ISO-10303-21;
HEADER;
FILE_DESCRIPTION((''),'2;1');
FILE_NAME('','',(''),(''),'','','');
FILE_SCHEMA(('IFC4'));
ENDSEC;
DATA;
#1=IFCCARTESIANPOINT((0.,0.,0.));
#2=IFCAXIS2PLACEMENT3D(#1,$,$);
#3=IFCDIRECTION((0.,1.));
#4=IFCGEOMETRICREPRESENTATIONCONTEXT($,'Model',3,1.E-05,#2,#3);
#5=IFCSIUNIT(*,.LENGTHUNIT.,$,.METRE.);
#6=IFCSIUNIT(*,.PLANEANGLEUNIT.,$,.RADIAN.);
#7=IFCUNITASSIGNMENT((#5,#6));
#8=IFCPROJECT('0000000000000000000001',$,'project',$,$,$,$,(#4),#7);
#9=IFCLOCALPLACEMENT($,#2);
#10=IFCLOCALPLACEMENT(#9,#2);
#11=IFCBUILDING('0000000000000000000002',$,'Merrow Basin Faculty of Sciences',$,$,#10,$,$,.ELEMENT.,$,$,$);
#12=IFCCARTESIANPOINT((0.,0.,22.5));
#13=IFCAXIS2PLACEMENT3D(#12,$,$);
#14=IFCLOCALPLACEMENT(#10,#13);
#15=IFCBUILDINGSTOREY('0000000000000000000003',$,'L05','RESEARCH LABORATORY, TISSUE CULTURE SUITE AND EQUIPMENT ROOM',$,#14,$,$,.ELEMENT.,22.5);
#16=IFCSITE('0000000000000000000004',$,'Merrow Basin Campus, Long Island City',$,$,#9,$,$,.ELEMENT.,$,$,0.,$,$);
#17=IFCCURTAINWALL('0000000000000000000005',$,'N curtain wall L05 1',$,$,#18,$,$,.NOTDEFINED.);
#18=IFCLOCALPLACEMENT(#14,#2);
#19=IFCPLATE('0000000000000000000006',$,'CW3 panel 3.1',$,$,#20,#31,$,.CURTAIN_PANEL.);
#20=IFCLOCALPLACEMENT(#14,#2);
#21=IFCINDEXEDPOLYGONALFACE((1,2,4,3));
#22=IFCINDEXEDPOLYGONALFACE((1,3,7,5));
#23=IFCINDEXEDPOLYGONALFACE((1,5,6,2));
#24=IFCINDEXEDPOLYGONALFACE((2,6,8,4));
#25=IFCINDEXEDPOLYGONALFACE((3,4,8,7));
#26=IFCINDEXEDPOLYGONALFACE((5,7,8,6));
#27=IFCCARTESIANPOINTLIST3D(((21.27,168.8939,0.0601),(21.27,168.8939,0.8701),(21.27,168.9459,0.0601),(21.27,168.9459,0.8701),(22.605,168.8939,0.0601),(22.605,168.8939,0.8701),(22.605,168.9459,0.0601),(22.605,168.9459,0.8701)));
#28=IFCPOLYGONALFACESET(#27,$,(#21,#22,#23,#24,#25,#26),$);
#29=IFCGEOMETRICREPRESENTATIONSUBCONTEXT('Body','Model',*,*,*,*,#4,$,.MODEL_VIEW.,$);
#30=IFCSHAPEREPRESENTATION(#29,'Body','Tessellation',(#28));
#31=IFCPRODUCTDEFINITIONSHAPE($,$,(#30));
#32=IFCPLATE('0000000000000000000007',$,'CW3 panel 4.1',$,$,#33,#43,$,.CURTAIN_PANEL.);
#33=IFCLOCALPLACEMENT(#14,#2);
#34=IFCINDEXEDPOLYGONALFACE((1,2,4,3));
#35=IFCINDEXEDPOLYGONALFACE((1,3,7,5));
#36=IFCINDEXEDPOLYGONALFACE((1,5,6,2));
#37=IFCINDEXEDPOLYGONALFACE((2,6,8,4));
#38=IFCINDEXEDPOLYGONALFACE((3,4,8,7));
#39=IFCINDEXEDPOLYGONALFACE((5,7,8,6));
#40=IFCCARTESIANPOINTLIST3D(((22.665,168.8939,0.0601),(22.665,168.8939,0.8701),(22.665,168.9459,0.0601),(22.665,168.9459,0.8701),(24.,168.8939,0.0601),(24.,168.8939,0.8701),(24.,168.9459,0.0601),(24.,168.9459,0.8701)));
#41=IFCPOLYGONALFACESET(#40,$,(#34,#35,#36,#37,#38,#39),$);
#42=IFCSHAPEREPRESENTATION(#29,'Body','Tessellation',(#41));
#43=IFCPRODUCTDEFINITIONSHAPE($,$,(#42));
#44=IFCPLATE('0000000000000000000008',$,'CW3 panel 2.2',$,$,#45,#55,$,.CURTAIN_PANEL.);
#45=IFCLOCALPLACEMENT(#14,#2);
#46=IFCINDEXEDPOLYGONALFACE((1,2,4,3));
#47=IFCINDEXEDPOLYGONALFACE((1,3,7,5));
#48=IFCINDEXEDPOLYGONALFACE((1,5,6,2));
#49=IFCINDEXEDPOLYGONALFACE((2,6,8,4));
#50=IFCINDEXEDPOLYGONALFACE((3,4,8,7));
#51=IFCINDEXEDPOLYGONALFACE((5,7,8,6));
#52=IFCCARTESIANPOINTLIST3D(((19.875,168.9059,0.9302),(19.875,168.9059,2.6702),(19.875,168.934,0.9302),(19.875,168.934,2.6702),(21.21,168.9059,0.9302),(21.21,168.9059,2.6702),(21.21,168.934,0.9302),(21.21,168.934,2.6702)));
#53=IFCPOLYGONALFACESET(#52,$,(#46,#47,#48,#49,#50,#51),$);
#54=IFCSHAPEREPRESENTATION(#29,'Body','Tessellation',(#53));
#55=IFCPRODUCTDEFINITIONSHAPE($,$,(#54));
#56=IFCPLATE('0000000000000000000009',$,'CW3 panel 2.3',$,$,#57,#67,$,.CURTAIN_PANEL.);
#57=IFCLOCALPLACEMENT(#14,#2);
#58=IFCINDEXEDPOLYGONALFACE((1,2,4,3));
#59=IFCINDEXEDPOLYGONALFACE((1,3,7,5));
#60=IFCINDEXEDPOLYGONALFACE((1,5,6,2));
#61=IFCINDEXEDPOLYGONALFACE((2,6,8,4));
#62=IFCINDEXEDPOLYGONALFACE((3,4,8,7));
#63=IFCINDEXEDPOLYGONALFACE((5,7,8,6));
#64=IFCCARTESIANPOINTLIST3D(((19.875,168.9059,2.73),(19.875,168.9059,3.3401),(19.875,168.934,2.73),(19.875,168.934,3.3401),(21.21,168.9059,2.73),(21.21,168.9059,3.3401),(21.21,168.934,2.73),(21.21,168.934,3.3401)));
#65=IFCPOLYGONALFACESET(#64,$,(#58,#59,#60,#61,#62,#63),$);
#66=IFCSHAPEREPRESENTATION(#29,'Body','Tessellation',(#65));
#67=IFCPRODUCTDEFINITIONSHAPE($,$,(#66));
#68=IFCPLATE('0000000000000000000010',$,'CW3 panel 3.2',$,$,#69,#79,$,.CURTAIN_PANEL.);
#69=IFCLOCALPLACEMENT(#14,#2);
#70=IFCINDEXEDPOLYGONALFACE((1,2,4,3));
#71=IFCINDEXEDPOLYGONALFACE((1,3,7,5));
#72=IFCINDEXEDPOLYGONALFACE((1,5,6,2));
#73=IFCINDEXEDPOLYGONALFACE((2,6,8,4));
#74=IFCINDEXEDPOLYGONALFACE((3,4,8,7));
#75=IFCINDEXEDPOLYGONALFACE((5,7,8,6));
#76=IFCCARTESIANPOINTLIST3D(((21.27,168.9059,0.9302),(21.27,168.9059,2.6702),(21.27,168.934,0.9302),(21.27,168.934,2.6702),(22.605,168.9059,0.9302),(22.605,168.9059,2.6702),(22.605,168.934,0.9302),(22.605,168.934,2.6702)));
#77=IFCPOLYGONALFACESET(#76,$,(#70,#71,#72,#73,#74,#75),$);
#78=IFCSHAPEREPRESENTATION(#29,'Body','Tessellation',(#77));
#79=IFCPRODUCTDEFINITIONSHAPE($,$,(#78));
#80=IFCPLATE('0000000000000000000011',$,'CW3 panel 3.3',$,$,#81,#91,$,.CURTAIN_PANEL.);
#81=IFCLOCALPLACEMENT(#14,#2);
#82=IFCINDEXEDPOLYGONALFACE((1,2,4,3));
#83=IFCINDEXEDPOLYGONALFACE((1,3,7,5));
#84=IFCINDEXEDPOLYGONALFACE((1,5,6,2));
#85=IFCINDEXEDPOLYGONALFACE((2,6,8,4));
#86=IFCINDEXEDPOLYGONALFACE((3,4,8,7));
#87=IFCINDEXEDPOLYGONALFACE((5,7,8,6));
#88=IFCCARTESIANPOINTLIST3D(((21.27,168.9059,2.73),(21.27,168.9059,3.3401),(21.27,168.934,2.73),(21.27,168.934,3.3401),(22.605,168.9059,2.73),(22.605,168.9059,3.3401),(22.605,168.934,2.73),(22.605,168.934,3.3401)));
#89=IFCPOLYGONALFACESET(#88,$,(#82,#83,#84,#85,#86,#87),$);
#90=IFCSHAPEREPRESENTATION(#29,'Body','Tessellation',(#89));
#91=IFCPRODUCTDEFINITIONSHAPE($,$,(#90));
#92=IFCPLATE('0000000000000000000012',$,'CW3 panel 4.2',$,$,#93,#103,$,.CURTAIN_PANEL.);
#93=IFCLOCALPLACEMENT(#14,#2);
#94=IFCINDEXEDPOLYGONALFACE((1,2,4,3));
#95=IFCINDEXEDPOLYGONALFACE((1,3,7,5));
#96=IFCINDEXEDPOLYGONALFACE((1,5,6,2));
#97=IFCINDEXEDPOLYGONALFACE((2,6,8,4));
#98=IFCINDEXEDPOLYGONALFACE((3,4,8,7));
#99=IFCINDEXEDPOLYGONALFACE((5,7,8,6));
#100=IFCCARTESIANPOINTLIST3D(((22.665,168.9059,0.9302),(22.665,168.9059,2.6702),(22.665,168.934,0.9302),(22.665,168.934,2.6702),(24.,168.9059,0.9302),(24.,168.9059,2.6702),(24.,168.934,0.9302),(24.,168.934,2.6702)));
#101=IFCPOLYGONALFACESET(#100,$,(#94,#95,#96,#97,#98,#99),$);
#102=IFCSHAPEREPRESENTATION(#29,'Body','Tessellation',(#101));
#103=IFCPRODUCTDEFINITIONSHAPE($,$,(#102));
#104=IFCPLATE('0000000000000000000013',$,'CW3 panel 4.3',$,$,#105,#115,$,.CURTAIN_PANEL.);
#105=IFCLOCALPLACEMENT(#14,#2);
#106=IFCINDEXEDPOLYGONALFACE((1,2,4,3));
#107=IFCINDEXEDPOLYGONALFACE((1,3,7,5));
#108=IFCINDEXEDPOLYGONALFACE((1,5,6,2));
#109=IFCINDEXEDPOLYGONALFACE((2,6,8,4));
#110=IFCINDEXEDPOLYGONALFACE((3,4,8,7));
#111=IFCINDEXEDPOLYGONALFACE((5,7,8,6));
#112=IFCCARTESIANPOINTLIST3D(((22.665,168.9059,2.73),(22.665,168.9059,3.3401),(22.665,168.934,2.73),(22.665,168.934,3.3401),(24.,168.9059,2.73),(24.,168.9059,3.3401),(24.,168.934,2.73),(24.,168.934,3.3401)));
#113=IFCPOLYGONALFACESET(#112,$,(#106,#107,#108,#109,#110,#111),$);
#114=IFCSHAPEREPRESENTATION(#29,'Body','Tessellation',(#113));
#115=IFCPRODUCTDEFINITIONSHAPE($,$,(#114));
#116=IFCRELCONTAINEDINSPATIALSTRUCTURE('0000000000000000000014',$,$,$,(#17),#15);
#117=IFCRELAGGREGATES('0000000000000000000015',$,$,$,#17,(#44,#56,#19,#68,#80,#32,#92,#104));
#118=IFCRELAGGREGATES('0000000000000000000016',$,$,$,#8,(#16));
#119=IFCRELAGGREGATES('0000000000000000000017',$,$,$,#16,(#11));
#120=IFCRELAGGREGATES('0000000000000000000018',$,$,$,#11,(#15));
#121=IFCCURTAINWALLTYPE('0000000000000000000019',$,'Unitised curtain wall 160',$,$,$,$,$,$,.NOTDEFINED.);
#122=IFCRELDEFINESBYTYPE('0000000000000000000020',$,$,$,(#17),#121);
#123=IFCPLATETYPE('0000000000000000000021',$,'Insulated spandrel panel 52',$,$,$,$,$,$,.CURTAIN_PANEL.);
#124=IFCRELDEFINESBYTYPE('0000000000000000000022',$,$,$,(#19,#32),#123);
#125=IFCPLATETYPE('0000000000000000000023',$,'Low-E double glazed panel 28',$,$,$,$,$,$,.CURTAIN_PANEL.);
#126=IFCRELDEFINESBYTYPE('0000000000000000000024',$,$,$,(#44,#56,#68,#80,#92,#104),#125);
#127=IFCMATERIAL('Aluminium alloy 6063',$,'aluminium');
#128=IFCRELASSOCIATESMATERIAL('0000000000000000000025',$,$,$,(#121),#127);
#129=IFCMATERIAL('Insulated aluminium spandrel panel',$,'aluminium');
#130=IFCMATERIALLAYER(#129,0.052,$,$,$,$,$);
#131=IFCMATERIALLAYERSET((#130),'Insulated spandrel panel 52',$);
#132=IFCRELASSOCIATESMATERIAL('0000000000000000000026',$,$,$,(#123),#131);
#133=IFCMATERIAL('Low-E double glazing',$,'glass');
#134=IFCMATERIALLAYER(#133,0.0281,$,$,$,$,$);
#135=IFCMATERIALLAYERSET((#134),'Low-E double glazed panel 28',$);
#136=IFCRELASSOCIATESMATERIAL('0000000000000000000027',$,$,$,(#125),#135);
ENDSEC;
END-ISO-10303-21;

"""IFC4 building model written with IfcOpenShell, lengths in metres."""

from ifc_helpers import new_model, si_unit, direction, frame, origin, origin_2d, place, context, subcontext, project, spatial, rectangle, extrude, material, layer, layer_set, type_object, element, aggregate, save


model = new_model("IFC4")

# Units and contexts
model_context = context("Model", 3, precision=1e-05, world=origin(), true_north=direction((0.0, 1.0)))
body_context = subcontext(model_context, "Body", "Model", "MODEL_VIEW")
ifc_project = project(units=[si_unit("LENGTHUNIT", "METRE"), si_unit("PLANEANGLEUNIT", "RADIAN")], contexts=[model_context])

# Site, building, storey
site_placement = place(None, origin())
site = spatial("IfcSite", under=ifc_project, at=site_placement, Name="Merrow Basin Campus, Long Island City", CompositionType="ELEMENT", RefElevation=0.0)
building_placement = place(site_placement, origin())
building = spatial("IfcBuilding", under=site, at=building_placement, Name="Merrow Basin Faculty of Sciences", CompositionType="ELEMENT")
storey_placement = place(building_placement, frame((0.0, 0.0, 22.5)))
storey = spatial("IfcBuildingStorey", under=building, at=storey_placement, Name="L05", Description="RESEARCH LABORATORY, TISSUE CULTURE SUITE AND EQUIPMENT ROOM", CompositionType="ELEMENT", Elevation=22.5)

# Curtain wall, plates
ifc_material_1 = material(Name="Aluminium alloy 6063", Category="aluminium")
curtain_wall_type = type_object("IfcCurtainWallType", Name="Unitised curtain wall 160", PredefinedType="NOTDEFINED", material=ifc_material_1)
curtain_wall_placement = place(storey_placement, origin())
curtain_wall = element("IfcCurtainWall", 1, at=curtain_wall_placement, inside=storey, type_object=curtain_wall_type, Name="N curtain wall L05 1", PredefinedType="NOTDEFINED")
ifc_material_2 = material(Name="Insulated aluminium spandrel panel", Category="aluminium")
ifc_layer_1 = layer(ifc_material_2, 0.052)
ifc_layer_set_1 = layer_set([ifc_layer_1], Name="Insulated spandrel panel 52")
plate_type_1 = type_object("IfcPlateType", Name="Insulated spandrel panel 52", PredefinedType="CURTAIN_PANEL", material=ifc_layer_set_1)
plate_1_placement = place(storey_placement, frame((21.9375, 168.9199, 0.0601), z_axis=(0.0, 0.0, 1.0), x_axis=(1.0, 0.0, 0.0)))
plate_1 = element("IfcPlate", 2, at=plate_1_placement, type_object=plate_type_1, Name="CW3 panel 3.1", PredefinedType="CURTAIN_PANEL", context=body_context, shape_type="SweptSolid", body=[
    extrude(rectangle(XDim=1.335, YDim=0.052, at=origin_2d()), origin(), (0.0, 0.0, 1.0), 0.8101),
])
plate_2_placement = place(storey_placement, frame((23.3325, 168.9199, 0.0601), z_axis=(0.0, 0.0, 1.0), x_axis=(1.0, 0.0, 0.0)))
plate_2 = element("IfcPlate", 3, at=plate_2_placement, type_object=plate_type_1, Name="CW3 panel 4.1", PredefinedType="CURTAIN_PANEL", context=body_context, shape_type="SweptSolid", body=[
    extrude(rectangle(XDim=1.335, YDim=0.052, at=origin_2d()), origin(), (0.0, 0.0, 1.0), 0.8101),
])
ifc_material_3 = material(Name="Low-E double glazing", Category="glass")
ifc_layer_2 = layer(ifc_material_3, 0.0281)
ifc_layer_set_2 = layer_set([ifc_layer_2], Name="Low-E double glazed panel 28")
plate_type_2 = type_object("IfcPlateType", Name="Low-E double glazed panel 28", PredefinedType="CURTAIN_PANEL", material=ifc_layer_set_2)
plate_3_placement = place(storey_placement, frame((20.5425, 168.9199, 0.9302), z_axis=(0.0, 0.0, 1.0), x_axis=(1.0, 0.0, 0.0)))
plate_3 = element("IfcPlate", 4, at=plate_3_placement, type_object=plate_type_2, Name="CW3 panel 2.2", PredefinedType="CURTAIN_PANEL", context=body_context, shape_type="SweptSolid", body=[
    extrude(rectangle(XDim=1.335, YDim=0.0281, at=origin_2d()), origin(), (0.0, 0.0, 1.0), 1.74),
])
plate_4_placement = place(storey_placement, frame((20.5425, 168.9199, 2.73), z_axis=(0.0, 0.0, 1.0), x_axis=(1.0, 0.0, 0.0)))
plate_4 = element("IfcPlate", 5, at=plate_4_placement, type_object=plate_type_2, Name="CW3 panel 2.3", PredefinedType="CURTAIN_PANEL", context=body_context, shape_type="SweptSolid", body=[
    extrude(rectangle(XDim=1.335, YDim=0.0281, at=origin_2d()), origin(), (0.0, 0.0, 1.0), 0.6101),
])
plate_5_placement = place(storey_placement, frame((21.9375, 168.9199, 0.9302), z_axis=(0.0, 0.0, 1.0), x_axis=(1.0, 0.0, 0.0)))
plate_5 = element("IfcPlate", 6, at=plate_5_placement, type_object=plate_type_2, Name="CW3 panel 3.2", PredefinedType="CURTAIN_PANEL", context=body_context, shape_type="SweptSolid", body=[
    extrude(rectangle(XDim=1.335, YDim=0.0281, at=origin_2d()), origin(), (0.0, 0.0, 1.0), 1.74),
])
plate_6_placement = place(storey_placement, frame((21.9375, 168.9199, 2.73), z_axis=(0.0, 0.0, 1.0), x_axis=(1.0, 0.0, 0.0)))
plate_6 = element("IfcPlate", 7, at=plate_6_placement, type_object=plate_type_2, Name="CW3 panel 3.3", PredefinedType="CURTAIN_PANEL", context=body_context, shape_type="SweptSolid", body=[
    extrude(rectangle(XDim=1.335, YDim=0.0281, at=origin_2d()), origin(), (0.0, 0.0, 1.0), 0.6101),
])
plate_7_placement = place(storey_placement, frame((23.3325, 168.9199, 0.9302), z_axis=(0.0, 0.0, 1.0), x_axis=(1.0, 0.0, 0.0)))
plate_7 = element("IfcPlate", 8, at=plate_7_placement, type_object=plate_type_2, Name="CW3 panel 4.2", PredefinedType="CURTAIN_PANEL", context=body_context, shape_type="SweptSolid", body=[
    extrude(rectangle(XDim=1.335, YDim=0.0281, at=origin_2d()), origin(), (0.0, 0.0, 1.0), 1.74),
])
plate_8_placement = place(storey_placement, frame((23.3325, 168.9199, 2.73), z_axis=(0.0, 0.0, 1.0), x_axis=(1.0, 0.0, 0.0)))
plate_8 = element("IfcPlate", 9, at=plate_8_placement, type_object=plate_type_2, Name="CW3 panel 4.3", PredefinedType="CURTAIN_PANEL", context=body_context, shape_type="SweptSolid", body=[
    extrude(rectangle(XDim=1.335, YDim=0.0281, at=origin_2d()), origin(), (0.0, 0.0, 1.0), 0.6101),
])
aggregate(curtain_wall, [plate_3, plate_4, plate_1, plate_5, plate_6, plate_2, plate_7, plate_8])

save(model, "model.ifc")
